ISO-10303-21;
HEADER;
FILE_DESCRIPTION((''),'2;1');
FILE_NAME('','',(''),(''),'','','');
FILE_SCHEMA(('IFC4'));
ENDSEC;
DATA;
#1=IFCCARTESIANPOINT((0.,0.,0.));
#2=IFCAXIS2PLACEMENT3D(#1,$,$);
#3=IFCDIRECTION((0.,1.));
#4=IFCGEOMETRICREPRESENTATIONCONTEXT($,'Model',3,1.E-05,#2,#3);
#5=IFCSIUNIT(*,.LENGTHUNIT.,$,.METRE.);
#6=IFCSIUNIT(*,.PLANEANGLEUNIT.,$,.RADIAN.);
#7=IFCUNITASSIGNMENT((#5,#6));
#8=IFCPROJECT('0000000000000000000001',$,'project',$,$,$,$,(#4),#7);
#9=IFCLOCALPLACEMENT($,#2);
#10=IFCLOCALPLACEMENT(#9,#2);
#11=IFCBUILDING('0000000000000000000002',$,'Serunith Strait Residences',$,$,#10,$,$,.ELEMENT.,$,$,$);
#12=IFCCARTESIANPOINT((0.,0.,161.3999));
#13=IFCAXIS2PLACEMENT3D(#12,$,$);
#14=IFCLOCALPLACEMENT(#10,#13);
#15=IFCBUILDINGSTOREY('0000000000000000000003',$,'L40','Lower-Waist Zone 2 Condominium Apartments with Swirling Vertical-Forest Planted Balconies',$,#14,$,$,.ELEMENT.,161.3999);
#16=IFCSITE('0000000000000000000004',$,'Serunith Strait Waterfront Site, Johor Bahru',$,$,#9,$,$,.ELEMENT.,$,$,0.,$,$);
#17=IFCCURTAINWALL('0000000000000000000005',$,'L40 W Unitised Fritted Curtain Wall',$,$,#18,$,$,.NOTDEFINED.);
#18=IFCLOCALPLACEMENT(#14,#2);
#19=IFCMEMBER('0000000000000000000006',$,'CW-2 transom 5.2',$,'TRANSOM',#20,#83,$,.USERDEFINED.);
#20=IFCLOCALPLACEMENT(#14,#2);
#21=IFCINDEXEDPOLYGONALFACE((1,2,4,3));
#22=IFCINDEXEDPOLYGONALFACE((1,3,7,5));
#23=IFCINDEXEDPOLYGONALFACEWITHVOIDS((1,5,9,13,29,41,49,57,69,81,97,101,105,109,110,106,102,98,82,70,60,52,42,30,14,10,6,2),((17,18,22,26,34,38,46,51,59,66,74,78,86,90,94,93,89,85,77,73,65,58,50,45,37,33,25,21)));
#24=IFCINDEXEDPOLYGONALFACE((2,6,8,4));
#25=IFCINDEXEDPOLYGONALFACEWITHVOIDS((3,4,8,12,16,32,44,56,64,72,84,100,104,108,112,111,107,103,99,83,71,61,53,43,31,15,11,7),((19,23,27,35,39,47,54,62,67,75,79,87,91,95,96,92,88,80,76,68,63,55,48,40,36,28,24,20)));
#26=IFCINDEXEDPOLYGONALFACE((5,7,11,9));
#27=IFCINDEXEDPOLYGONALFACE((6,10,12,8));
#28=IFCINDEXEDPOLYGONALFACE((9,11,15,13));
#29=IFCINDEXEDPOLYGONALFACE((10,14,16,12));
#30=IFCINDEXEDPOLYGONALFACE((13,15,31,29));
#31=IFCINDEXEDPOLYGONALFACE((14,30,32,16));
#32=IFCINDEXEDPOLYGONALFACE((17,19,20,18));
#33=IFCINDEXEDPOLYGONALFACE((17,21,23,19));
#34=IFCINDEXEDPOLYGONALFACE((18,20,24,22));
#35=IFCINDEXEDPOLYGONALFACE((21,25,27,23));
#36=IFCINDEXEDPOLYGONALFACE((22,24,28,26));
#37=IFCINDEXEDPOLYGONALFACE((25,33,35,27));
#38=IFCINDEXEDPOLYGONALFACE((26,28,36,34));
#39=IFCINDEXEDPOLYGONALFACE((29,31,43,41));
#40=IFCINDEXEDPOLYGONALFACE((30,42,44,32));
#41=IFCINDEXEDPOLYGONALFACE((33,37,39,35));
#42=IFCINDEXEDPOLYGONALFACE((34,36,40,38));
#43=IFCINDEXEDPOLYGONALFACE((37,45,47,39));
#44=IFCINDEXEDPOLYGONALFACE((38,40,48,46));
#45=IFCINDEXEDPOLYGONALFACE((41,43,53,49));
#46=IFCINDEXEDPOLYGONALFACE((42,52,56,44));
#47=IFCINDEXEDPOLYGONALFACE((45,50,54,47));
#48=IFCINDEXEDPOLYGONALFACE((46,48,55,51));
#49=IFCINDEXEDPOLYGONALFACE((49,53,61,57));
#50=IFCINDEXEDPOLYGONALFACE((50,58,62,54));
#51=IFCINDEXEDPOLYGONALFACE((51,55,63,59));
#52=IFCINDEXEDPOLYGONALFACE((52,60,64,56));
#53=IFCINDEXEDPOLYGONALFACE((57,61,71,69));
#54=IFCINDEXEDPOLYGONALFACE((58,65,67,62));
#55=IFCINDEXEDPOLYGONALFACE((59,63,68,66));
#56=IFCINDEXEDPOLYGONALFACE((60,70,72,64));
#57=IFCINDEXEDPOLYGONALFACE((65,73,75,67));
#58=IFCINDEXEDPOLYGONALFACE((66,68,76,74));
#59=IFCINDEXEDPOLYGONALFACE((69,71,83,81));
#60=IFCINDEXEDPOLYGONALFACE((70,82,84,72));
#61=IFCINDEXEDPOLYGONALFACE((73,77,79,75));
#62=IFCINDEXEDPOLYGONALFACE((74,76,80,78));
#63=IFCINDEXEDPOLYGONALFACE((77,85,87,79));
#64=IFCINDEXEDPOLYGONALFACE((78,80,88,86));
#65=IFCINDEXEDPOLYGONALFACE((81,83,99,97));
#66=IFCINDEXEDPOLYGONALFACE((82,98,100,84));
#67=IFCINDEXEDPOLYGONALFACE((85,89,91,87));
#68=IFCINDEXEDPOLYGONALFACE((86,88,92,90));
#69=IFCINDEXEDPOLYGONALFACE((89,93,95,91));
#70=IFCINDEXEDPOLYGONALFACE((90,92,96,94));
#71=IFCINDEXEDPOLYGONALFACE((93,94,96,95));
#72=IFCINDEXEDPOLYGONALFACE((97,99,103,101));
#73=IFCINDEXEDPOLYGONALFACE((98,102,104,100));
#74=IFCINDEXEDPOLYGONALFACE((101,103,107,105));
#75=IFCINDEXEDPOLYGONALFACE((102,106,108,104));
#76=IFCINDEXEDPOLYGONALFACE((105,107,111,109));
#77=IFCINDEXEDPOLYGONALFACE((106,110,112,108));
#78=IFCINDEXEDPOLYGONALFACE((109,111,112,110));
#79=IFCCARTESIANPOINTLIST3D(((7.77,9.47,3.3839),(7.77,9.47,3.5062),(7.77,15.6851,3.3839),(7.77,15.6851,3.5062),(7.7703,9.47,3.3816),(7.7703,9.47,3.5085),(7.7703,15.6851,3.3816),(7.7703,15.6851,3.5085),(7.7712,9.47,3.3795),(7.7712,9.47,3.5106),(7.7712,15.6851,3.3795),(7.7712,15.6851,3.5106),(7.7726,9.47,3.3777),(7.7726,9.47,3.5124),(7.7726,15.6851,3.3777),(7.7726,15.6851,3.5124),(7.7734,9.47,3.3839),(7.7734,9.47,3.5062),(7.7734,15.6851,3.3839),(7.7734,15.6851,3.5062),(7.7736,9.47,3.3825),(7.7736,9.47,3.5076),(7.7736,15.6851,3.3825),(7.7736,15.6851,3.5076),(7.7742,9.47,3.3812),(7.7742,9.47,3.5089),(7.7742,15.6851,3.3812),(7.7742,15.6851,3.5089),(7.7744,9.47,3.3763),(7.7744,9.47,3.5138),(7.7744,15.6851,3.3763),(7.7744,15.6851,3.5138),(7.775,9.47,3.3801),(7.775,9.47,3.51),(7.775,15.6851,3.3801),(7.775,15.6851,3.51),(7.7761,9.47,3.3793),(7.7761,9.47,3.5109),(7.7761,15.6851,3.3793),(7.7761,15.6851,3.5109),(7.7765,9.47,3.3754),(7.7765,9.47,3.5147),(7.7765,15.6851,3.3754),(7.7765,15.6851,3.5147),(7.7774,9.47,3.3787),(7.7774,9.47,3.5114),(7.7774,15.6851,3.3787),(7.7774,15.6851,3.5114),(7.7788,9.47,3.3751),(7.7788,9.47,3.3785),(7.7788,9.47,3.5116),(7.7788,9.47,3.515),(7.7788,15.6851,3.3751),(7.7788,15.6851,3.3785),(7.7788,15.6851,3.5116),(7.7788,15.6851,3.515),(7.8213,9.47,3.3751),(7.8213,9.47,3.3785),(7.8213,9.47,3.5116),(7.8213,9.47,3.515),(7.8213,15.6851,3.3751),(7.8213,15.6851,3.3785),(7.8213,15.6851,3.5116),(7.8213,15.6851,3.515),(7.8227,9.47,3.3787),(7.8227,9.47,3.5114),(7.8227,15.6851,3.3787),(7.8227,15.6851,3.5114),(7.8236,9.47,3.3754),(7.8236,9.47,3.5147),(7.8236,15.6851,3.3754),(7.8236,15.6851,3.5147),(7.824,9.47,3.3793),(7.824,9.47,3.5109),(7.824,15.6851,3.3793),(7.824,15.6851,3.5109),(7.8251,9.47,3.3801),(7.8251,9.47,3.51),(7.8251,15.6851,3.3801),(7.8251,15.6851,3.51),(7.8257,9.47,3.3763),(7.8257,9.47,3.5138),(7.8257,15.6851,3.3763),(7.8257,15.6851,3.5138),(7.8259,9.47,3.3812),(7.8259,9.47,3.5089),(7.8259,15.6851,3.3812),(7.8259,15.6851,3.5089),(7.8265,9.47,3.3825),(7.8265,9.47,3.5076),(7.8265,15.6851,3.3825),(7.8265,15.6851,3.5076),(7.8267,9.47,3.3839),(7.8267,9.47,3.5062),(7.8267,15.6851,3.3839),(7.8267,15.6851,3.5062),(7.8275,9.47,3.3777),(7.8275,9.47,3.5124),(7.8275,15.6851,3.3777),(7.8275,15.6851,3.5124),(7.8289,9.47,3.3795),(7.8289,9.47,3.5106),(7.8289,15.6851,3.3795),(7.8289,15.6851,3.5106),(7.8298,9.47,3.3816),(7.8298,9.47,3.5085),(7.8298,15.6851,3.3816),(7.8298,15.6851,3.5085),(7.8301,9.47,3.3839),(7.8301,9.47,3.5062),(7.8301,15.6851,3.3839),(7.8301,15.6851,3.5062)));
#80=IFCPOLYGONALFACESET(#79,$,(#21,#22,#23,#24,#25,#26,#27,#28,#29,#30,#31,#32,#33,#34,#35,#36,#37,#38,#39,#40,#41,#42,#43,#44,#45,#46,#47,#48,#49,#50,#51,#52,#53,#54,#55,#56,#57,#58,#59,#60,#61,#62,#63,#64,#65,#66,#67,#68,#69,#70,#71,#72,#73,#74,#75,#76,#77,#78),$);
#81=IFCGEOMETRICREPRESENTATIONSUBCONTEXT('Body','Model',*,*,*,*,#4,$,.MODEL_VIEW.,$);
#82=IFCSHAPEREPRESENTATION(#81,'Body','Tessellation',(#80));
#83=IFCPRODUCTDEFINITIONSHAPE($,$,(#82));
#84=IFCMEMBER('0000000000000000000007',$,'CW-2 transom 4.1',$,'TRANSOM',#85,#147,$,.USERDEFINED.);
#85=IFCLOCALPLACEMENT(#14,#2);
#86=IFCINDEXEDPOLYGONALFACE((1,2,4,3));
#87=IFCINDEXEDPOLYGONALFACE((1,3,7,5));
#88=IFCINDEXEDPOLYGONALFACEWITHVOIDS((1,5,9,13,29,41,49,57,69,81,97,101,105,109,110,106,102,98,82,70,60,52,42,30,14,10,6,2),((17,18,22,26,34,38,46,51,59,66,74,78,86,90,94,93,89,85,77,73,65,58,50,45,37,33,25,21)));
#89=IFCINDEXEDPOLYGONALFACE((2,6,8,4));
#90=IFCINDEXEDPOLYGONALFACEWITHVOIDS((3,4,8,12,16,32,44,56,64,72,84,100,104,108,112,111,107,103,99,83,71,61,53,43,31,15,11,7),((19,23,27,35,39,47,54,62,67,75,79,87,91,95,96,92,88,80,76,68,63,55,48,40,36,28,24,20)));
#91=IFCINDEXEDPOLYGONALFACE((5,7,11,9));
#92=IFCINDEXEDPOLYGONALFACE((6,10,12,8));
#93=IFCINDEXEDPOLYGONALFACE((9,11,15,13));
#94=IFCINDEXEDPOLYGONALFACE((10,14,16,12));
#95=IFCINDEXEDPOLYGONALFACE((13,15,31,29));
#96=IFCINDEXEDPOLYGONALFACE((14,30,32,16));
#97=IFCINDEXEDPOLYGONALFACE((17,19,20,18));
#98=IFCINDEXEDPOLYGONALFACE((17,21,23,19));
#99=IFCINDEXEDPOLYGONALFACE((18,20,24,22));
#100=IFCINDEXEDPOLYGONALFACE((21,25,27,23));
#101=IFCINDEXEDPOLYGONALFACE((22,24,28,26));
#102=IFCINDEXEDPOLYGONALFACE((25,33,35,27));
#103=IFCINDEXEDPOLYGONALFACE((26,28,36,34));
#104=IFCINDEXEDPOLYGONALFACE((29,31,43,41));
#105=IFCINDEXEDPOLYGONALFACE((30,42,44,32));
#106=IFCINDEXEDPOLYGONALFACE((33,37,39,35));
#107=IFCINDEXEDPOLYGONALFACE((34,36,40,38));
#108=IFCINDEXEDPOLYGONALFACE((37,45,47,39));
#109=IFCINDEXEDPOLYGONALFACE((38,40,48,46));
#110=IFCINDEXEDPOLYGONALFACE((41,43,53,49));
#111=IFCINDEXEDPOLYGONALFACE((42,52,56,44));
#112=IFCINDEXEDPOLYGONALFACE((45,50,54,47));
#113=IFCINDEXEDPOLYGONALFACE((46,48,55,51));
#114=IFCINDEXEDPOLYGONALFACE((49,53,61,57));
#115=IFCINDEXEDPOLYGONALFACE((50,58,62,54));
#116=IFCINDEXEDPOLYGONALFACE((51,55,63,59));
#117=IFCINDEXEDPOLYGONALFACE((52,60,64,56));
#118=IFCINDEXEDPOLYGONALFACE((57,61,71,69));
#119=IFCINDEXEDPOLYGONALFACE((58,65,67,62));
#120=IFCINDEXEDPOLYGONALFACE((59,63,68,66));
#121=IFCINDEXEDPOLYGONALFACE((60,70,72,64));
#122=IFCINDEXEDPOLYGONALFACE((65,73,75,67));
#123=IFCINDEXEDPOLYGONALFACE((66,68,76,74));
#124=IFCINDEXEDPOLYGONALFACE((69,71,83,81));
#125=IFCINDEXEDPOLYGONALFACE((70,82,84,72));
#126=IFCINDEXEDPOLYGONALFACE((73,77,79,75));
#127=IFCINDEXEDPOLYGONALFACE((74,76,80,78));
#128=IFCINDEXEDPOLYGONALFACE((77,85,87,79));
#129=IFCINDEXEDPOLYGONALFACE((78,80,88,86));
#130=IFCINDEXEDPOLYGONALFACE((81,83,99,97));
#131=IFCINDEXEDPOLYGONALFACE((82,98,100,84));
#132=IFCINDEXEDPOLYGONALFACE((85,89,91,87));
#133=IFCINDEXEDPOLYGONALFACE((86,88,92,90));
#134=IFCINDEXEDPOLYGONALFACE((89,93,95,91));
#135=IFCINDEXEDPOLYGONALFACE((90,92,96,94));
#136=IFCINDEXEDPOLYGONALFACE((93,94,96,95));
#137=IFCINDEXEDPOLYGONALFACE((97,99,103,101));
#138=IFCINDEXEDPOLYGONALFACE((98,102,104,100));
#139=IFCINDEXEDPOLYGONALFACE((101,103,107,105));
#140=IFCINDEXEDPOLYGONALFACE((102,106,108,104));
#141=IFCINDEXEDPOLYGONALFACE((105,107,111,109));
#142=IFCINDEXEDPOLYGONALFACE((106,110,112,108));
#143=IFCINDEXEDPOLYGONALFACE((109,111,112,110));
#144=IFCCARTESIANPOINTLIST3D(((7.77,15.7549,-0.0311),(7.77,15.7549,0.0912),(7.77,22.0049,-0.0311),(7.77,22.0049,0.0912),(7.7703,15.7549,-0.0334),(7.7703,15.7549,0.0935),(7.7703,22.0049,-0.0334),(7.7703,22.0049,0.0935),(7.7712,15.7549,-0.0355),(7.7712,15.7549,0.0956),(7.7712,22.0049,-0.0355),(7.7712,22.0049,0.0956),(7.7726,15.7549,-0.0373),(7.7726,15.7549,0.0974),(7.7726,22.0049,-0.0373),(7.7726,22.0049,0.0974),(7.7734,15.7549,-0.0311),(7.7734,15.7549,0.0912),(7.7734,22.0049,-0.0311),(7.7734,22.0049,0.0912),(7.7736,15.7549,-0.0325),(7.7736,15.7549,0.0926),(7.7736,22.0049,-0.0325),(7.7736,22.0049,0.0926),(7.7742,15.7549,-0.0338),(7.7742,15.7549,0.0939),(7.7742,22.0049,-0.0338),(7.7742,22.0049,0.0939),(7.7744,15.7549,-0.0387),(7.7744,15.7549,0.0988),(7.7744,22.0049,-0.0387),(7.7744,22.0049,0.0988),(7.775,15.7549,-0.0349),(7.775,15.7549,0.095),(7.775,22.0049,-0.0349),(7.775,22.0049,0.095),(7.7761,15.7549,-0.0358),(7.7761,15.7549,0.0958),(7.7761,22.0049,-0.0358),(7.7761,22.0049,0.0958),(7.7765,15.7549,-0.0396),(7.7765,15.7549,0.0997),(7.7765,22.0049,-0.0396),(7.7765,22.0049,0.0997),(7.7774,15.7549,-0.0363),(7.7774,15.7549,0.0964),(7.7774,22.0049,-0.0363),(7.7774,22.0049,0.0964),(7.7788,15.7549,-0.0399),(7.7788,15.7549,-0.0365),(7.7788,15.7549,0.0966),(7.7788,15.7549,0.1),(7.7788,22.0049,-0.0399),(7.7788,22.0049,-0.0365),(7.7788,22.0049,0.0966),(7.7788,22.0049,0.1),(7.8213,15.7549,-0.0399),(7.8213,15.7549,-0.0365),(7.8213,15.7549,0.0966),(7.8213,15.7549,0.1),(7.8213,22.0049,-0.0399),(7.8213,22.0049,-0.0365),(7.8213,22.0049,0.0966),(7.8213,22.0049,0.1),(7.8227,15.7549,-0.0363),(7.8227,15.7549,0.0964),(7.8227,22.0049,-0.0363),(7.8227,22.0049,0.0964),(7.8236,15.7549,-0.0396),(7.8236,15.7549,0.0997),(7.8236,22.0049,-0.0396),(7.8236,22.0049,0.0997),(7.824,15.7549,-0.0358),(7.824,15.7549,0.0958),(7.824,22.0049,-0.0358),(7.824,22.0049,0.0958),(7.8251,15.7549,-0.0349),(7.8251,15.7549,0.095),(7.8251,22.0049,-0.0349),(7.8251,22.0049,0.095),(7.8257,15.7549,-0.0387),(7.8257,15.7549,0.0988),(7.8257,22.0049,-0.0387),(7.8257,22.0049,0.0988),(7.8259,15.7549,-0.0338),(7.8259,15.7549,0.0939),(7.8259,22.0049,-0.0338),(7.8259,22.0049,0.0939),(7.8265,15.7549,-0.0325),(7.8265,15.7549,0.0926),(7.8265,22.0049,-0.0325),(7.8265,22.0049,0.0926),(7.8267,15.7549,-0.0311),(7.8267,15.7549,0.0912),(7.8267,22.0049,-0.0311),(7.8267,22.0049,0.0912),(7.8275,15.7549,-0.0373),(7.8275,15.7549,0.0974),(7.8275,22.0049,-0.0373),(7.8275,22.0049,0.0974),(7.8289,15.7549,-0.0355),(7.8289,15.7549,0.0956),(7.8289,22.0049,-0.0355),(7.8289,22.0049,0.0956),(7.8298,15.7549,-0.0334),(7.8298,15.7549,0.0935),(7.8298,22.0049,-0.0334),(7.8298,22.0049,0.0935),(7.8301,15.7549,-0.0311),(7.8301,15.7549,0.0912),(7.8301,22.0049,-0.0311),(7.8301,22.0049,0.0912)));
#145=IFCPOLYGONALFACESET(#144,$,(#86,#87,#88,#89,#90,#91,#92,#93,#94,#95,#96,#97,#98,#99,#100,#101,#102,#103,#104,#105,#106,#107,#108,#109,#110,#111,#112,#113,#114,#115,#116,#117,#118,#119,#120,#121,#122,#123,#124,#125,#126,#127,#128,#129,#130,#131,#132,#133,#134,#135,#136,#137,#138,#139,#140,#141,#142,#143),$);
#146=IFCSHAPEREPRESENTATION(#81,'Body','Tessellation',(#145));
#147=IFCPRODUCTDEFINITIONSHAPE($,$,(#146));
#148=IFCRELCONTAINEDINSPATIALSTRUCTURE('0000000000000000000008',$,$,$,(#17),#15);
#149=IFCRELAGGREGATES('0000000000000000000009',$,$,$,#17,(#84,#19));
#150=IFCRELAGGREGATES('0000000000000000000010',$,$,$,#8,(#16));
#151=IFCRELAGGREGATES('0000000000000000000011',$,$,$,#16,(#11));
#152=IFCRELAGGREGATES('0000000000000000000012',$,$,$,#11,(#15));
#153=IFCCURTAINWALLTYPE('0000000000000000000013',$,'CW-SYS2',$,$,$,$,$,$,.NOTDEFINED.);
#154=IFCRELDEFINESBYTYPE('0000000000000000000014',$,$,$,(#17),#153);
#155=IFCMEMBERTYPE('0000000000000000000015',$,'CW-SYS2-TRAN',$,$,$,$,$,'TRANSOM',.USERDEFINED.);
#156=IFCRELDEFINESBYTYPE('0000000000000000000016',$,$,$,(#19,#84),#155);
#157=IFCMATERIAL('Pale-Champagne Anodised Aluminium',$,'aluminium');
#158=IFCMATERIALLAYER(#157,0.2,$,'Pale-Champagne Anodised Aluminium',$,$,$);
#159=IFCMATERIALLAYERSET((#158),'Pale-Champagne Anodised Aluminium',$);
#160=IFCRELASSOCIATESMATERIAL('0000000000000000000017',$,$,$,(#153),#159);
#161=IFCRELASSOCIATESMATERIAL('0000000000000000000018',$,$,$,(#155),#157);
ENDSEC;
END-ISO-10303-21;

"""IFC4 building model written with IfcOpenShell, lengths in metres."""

from ifc_helpers import new_model, si_unit, direction, frame, origin, origin_2d, place, context, subcontext, project, spatial, hollow_rectangle, extrude, source, transform, mapped, material, layer, layer_set, material_profile, profile_set, type_object, element, aggregate, save


model = new_model("IFC4")

# Units and contexts
model_context = context("Model", 3, precision=1e-05, world=origin(), true_north=direction((0.0, 1.0)))
body_context = subcontext(model_context, "Body", "Model", "MODEL_VIEW")
ifc_project = project(units=[si_unit("LENGTHUNIT", "METRE"), si_unit("PLANEANGLEUNIT", "RADIAN")], contexts=[model_context])

# Site, building, storey
site_placement = place(None, origin())
site = spatial("IfcSite", under=ifc_project, at=site_placement, Name="Serunith Strait Waterfront Site, Johor Bahru", CompositionType="ELEMENT", RefElevation=0.0)
building_placement = place(site_placement, origin())
building = spatial("IfcBuilding", under=site, at=building_placement, Name="Serunith Strait Residences", CompositionType="ELEMENT")
storey_placement = place(building_placement, frame((0.0, 0.0, 161.3999)))
storey = spatial("IfcBuildingStorey", under=building, at=storey_placement, Name="L40", Description="Lower-Waist Zone 2 Condominium Apartments with Swirling Vertical-Forest Planted Balconies", CompositionType="ELEMENT", Elevation=161.3999)

# Curtain wall, members
ifc_material_1 = material(Name="Pale-Champagne Anodised Aluminium", Category="aluminium")
ifc_layer_1 = layer(ifc_material_1, 0.2, Name="Pale-Champagne Anodised Aluminium")
ifc_layer_set_1 = layer_set([ifc_layer_1], Name="Pale-Champagne Anodised Aluminium")
curtain_wall_type = type_object("IfcCurtainWallType", Name="CW-SYS2", PredefinedType="NOTDEFINED", material=ifc_layer_set_1)
curtain_wall_placement = place(storey_placement, origin())
curtain_wall = element("IfcCurtainWall", 1, at=curtain_wall_placement, inside=storey, type_object=curtain_wall_type, Name="L40 W Unitised Fritted Curtain Wall", PredefinedType="NOTDEFINED")
ifc_material_profile_1 = material_profile(ifc_material_1, hollow_rectangle(XDim=0.0601, YDim=0.1399, WallThickness=0.0034, InnerFilletRadius=0.0054, OuterFilletRadius=0.0088, at=origin_2d()), Name="ALU 140x60x3.5")
ifc_profile_set_1 = profile_set([ifc_material_profile_1], Name="Pale-Champagne Anodised Aluminium")
member_type_1 = type_object("IfcMemberType", Name="CW-SYS2-TRAN", ElementType="TRANSOM", PredefinedType="USERDEFINED", material=ifc_profile_set_1)
shared_shape_1 = source(origin(), body_context, "Body", "SweptSolid", [
    extrude(hollow_rectangle(XDim=0.0601, YDim=0.1399, WallThickness=0.0034, InnerFilletRadius=0.0054, OuterFilletRadius=0.0088, at=origin_2d()), origin(), (0.0, 0.0, 1.0), 6.2151),
])
member_1_placement = place(storey_placement, frame((7.8, 15.6851, 3.4451), z_axis=(0.0, -1.0, 0.0), x_axis=(1.0, 0.0, 0.0)))
member_1 = element("IfcMember", 2, at=member_1_placement, type_object=member_type_1, Name="CW-2 transom 5.2", ObjectType="TRANSOM", PredefinedType="USERDEFINED", context=body_context, shape_type="MappedRepresentation", body=[
    mapped(shared_shape_1, transform((0.0, 0.0, 0.0), scale=1.0)),
])
shared_shape_2 = source(origin(), body_context, "Body", "SweptSolid", [
    extrude(hollow_rectangle(XDim=0.0601, YDim=0.1399, WallThickness=0.0034, InnerFilletRadius=0.0054, OuterFilletRadius=0.0088, at=origin_2d()), origin(), (0.0, 0.0, 1.0), 6.25),
])
member_2_placement = place(storey_placement, frame((7.8, 22.0049, 0.03), z_axis=(0.0, -1.0, 0.0), x_axis=(1.0, 0.0, 0.0)))
member_2 = element("IfcMember", 3, at=member_2_placement, type_object=member_type_1, Name="CW-2 transom 4.1", ObjectType="TRANSOM", PredefinedType="USERDEFINED", context=body_context, shape_type="MappedRepresentation", body=[
    mapped(shared_shape_2, transform((0.0, 0.0, 0.0), scale=1.0)),
])
aggregate(curtain_wall, [member_2, member_1])

save(model, "model.ifc")
